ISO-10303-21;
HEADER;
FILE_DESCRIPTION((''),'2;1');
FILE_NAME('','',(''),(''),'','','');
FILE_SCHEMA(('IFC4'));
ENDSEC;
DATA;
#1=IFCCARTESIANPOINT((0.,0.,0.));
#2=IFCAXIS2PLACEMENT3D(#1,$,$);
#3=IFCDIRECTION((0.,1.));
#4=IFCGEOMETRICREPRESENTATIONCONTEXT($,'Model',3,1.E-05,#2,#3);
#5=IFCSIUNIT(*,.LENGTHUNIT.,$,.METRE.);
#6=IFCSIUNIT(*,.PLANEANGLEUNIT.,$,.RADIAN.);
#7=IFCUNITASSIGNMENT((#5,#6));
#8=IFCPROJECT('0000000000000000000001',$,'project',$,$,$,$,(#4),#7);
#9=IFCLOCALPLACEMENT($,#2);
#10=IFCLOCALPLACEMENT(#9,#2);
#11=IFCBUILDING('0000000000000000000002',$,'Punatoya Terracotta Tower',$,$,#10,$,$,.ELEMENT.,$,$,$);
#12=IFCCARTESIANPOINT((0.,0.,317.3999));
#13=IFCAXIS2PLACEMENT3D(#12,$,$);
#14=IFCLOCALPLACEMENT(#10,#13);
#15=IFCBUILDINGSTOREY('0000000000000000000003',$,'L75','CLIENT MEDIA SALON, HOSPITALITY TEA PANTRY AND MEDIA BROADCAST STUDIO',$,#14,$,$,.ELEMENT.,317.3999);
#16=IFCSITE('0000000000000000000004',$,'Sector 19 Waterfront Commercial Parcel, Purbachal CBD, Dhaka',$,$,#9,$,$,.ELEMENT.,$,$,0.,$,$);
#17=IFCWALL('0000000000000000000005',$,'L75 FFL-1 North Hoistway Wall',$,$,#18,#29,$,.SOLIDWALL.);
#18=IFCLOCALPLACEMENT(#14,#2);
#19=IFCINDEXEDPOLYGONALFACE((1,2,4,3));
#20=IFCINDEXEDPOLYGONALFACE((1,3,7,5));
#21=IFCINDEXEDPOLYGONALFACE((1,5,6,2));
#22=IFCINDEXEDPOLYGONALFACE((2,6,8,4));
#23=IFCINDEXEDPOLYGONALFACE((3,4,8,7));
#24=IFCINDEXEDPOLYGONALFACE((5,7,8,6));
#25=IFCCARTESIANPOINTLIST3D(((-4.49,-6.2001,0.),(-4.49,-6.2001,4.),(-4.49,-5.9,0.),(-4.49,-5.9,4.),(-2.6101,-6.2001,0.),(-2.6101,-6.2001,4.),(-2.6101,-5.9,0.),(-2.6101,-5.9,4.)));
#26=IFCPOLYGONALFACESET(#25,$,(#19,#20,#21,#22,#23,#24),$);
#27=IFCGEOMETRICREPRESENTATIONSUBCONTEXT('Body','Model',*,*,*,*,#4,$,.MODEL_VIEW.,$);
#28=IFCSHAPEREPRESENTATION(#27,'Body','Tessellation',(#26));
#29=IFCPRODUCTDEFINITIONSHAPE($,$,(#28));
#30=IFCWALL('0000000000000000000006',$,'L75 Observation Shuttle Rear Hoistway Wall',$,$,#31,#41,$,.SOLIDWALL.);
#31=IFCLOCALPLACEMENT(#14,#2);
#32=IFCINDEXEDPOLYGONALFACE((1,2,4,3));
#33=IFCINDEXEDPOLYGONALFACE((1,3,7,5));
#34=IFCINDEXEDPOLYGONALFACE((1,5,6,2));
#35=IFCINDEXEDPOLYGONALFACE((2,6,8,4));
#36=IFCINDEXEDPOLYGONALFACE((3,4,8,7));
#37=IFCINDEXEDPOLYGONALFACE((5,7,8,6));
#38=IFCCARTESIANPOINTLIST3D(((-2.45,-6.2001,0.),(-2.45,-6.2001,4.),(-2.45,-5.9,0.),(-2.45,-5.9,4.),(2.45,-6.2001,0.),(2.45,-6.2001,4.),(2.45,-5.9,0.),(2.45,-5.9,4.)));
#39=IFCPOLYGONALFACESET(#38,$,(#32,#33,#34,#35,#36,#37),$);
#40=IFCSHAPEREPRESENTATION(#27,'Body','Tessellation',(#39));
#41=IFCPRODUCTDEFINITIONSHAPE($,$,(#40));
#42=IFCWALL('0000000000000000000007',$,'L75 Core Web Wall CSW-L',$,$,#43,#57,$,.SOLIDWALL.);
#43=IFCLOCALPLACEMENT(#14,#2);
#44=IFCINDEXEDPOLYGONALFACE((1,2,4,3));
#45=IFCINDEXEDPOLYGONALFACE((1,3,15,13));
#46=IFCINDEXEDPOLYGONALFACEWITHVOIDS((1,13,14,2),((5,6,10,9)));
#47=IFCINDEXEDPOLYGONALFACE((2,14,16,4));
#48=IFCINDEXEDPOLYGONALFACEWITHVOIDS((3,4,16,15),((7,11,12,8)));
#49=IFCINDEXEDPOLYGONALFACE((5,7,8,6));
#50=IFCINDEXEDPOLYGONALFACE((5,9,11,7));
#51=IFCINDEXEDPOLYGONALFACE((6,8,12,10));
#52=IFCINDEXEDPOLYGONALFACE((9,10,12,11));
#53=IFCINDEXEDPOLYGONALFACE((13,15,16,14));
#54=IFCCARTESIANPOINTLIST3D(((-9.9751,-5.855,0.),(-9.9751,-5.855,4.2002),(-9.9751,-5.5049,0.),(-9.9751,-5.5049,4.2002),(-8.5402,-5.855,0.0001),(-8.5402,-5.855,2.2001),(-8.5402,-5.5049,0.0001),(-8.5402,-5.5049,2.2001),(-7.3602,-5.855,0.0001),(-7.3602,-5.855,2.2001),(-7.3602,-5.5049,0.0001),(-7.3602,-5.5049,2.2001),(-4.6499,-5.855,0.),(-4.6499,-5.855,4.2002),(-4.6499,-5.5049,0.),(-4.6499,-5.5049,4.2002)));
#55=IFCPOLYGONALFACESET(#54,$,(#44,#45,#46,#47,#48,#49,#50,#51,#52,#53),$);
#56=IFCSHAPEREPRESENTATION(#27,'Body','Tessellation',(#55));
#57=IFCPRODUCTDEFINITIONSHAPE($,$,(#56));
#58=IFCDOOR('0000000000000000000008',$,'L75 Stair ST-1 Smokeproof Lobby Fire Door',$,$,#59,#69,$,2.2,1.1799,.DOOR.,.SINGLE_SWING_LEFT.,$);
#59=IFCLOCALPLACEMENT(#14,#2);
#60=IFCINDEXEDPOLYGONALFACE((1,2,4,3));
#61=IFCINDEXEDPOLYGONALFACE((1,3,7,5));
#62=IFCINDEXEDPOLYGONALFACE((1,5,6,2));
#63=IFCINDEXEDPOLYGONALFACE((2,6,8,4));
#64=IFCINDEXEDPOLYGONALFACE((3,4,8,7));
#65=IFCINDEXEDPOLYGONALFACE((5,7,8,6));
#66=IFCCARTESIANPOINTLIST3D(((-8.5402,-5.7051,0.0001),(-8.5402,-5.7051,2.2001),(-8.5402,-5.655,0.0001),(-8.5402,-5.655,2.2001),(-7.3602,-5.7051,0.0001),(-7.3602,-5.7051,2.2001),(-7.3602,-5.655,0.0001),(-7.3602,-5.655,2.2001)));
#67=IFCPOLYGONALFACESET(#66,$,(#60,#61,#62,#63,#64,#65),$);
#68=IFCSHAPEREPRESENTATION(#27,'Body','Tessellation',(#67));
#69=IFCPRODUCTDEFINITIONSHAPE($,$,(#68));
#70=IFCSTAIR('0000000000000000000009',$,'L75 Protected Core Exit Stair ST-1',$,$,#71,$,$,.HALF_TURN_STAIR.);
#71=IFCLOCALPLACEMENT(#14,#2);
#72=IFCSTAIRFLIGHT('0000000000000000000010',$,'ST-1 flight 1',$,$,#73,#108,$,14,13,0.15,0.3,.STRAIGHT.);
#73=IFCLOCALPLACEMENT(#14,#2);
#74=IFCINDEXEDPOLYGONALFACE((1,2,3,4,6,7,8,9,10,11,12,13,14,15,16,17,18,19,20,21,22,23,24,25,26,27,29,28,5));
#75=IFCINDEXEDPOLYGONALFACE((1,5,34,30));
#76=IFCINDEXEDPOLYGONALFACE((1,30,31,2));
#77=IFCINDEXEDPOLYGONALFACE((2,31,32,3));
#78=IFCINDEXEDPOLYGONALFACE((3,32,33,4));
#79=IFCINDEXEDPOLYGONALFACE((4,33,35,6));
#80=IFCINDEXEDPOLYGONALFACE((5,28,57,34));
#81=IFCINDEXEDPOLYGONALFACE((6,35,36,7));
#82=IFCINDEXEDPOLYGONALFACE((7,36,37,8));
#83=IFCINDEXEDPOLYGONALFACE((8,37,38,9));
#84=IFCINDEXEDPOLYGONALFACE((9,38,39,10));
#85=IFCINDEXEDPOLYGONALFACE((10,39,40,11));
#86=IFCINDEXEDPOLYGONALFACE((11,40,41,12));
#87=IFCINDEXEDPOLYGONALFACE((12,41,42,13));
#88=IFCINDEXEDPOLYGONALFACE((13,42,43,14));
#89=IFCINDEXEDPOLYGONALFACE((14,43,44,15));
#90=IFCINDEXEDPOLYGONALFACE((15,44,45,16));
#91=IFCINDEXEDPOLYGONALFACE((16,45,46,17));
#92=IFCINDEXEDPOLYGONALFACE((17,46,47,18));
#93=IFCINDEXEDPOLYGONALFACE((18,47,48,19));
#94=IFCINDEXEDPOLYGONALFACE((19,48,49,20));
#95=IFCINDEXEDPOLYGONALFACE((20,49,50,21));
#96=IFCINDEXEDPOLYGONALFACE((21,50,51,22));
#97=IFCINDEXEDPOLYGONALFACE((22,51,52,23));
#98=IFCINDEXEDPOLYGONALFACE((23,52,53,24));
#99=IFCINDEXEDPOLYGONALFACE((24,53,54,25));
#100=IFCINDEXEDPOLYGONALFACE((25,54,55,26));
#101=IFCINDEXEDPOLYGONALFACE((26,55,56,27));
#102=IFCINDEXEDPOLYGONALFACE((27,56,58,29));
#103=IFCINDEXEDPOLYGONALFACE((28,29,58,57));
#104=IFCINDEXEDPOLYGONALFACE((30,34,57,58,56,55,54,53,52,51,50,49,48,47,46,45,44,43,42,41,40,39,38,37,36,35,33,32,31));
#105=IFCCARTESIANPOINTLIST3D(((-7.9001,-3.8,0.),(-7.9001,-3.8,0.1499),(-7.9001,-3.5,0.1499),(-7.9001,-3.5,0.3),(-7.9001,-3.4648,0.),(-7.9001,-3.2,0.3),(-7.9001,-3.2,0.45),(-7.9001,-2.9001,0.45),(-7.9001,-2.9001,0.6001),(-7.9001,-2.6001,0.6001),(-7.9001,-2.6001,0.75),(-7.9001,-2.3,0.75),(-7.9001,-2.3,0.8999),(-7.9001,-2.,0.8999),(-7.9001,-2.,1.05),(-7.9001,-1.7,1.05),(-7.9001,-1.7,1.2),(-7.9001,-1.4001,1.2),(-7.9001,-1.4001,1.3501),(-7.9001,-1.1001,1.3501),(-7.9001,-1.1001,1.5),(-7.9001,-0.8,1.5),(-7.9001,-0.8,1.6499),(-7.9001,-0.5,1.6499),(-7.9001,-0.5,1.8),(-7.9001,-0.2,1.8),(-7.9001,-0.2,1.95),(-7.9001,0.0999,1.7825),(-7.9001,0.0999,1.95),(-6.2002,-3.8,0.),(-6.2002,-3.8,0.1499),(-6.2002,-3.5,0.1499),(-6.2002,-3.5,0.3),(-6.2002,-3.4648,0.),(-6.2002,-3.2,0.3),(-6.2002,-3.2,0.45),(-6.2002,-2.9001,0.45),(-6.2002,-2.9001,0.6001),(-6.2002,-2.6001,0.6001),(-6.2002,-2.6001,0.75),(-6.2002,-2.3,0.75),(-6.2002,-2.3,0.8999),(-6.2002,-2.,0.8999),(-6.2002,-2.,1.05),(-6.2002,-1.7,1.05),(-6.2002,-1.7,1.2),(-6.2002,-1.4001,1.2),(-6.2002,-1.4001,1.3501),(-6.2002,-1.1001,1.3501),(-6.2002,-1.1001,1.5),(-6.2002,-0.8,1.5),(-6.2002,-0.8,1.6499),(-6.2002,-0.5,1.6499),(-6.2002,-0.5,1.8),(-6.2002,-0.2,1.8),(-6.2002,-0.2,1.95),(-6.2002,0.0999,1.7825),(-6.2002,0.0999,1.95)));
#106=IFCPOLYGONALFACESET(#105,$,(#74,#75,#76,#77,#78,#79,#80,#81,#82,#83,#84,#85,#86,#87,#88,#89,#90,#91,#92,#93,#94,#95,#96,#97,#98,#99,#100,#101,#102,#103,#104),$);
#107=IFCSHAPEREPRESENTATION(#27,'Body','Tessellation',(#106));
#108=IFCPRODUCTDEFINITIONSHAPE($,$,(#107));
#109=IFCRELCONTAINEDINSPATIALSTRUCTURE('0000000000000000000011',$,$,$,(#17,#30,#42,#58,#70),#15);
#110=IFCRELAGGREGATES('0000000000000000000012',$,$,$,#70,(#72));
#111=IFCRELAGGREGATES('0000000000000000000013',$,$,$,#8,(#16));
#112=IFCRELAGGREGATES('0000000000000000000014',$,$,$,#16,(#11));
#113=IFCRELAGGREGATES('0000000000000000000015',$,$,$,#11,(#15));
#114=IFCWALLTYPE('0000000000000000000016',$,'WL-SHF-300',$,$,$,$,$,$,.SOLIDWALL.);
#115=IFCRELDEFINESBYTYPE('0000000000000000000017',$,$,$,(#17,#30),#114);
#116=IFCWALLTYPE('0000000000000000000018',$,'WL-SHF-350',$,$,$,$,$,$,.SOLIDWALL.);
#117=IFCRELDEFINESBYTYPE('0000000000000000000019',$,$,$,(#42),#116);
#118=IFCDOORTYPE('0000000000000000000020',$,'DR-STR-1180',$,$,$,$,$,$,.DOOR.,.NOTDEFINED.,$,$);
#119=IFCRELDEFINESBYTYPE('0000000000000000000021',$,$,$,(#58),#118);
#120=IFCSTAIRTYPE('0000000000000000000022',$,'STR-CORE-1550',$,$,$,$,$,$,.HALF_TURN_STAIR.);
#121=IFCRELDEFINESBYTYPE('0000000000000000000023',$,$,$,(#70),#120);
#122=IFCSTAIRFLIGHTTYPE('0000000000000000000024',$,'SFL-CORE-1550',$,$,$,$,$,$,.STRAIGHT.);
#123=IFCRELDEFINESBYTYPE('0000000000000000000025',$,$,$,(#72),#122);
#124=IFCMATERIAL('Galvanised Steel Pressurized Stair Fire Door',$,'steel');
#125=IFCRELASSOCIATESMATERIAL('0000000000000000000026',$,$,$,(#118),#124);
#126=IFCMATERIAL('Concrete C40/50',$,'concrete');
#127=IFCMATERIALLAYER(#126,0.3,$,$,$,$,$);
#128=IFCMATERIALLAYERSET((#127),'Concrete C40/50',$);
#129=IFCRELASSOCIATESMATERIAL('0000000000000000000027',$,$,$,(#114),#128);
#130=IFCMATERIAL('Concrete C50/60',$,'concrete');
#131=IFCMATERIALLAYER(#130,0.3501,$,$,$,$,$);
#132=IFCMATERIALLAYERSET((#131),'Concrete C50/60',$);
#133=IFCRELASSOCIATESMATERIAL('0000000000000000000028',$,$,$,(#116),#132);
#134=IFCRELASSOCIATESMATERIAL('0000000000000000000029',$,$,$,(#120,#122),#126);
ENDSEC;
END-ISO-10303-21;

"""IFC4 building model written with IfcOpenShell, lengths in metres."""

from ifc_helpers import new_model, si_unit, direction, frame, frame_2d, origin, place, context, subcontext, project, spatial, polyline, rectangle, outline, extrude, material, layer, layer_set, type_object, element, fill, aggregate, save


model = new_model("IFC4")

# Units and contexts
model_context = context("Model", 3, precision=1e-05, world=origin(), true_north=direction((0.0, 1.0)))
body_context = subcontext(model_context, "Body", "Model", "MODEL_VIEW")
ifc_project = project(units=[si_unit("LENGTHUNIT", "METRE"), si_unit("PLANEANGLEUNIT", "RADIAN")], contexts=[model_context])

# Site, building, storey
site_placement = place(None, origin())
site = spatial("IfcSite", under=ifc_project, at=site_placement, Name="Sector 19 Waterfront Commercial Parcel, Purbachal CBD, Dhaka", CompositionType="ELEMENT", RefElevation=0.0)
building_placement = place(site_placement, origin())
building = spatial("IfcBuilding", under=site, at=building_placement, Name="Punatoya Terracotta Tower", CompositionType="ELEMENT")
storey_placement = place(building_placement, frame((0.0, 0.0, 317.3999)))
storey = spatial("IfcBuildingStorey", under=building, at=storey_placement, Name="L75", Description="CLIENT MEDIA SALON, HOSPITALITY TEA PANTRY AND MEDIA BROADCAST STUDIO", CompositionType="ELEMENT", Elevation=317.3999)

# Shared definitions
ifc_material_1 = material(Name="Concrete C50/60", Category="concrete")

# Shared definitions
ifc_material_2 = material(Name="Concrete C40/50", Category="concrete")

# Shared definitions
ifc_material_3 = material(Name="Galvanised Steel Pressurized Stair Fire Door", Category="steel")
door_type_1 = type_object("IfcDoorType", Name="DR-STR-1180", OperationType="NOTDEFINED", PredefinedType="DOOR", material=ifc_material_3)

# Shared definitions
ifc_layer_1 = layer(ifc_material_2, 0.3)
ifc_layer_set_1 = layer_set([ifc_layer_1], Name="Concrete C40/50")
wall_type_1 = type_object("IfcWallType", Name="WL-SHF-300", PredefinedType="SOLIDWALL", material=ifc_layer_set_1)

# Walls
wall_1_placement = place(storey_placement, frame((-4.49, -6.05, 0.0), z_axis=(0.0, 0.0, 1.0), x_axis=(1.0, 0.0, 0.0)))
element("IfcWall", 1, at=wall_1_placement, inside=storey, type_object=wall_type_1, Name="L75 FFL-1 North Hoistway Wall", PredefinedType="SOLIDWALL", context=body_context, shape_type="SweptSolid", body=[
    extrude(rectangle(XDim=1.8799, YDim=0.3, at=frame_2d((0.9399, 0.0))), origin(), (0.0, 0.0, 1.0), 4.0),
])
wall_2_placement = place(storey_placement, frame((-2.45, -6.05, 0.0), z_axis=(0.0, 0.0, 1.0), x_axis=(1.0, 0.0, 0.0)))
element("IfcWall", 2, at=wall_2_placement, inside=storey, type_object=wall_type_1, Name="L75 Observation Shuttle Rear Hoistway Wall", PredefinedType="SOLIDWALL", context=body_context, shape_type="SweptSolid", body=[
    extrude(rectangle(XDim=4.8999, YDim=0.3, at=frame_2d((2.45, 0.0))), origin(), (0.0, 0.0, 1.0), 4.0),
])

# Wall, opening, door
ifc_layer_2 = layer(ifc_material_1, 0.3501)
ifc_layer_set_2 = layer_set([ifc_layer_2], Name="Concrete C50/60")
wall_type_2 = type_object("IfcWallType", Name="WL-SHF-350", PredefinedType="SOLIDWALL", material=ifc_layer_set_2)
wall_3_placement = place(storey_placement, frame((-9.9751, -5.6799, 0.0), z_axis=(0.0, 0.0, 1.0), x_axis=(1.0, 0.0, 0.0)))
wall_3 = element("IfcWall", 3, at=wall_3_placement, inside=storey, type_object=wall_type_2, Name="L75 Core Web Wall CSW-L", PredefinedType="SOLIDWALL", context=body_context, shape_type="SweptSolid", body=[
    extrude(rectangle(XDim=5.3252, YDim=0.3501, at=frame_2d((2.6626, 0.0))), origin(), (0.0, 0.0, 1.0), 4.2002),
])
opening_1_placement = place(wall_3_placement, frame((1.4351, 0.0, 0.0)))
opening_1 = element("IfcOpeningElement", 4, at=opening_1_placement, cuts=wall_3, PredefinedType="OPENING", context=body_context, shape_type="SweptSolid", body=[
    extrude(rectangle(XDim=1.1799, YDim=2.2, at=frame_2d((0.5898, 1.1001))), frame((0.0, 0.1851, 0.0), z_axis=(0.0, -1.0, 0.0), x_axis=(1.0, 0.0, 0.0)), (0.0, 0.0, 1.0), 0.3701),
])
door_1_placement = place(opening_1_placement, origin())
door_1 = element("IfcDoor", 5, at=door_1_placement, inside=storey, type_object=door_type_1, Name="L75 Stair ST-1 Smokeproof Lobby Fire Door", OperationType="SINGLE_SWING_LEFT", OverallHeight=2.2, OverallWidth=1.1799, PredefinedType="DOOR", context=body_context, shape_type="SweptSolid", body=[
    extrude(rectangle(XDim=1.1799, YDim=2.2, at=frame_2d((0.5898, 1.1001))), frame((0.0, 0.0249, 0.0), z_axis=(0.0, -1.0, 0.0), x_axis=(1.0, 0.0, 0.0)), (0.0, 0.0, 1.0), 0.05),
])
fill(opening_1, door_1)

# Stair, stair flight
stair_type = type_object("IfcStairType", Name="STR-CORE-1550", PredefinedType="HALF_TURN_STAIR", material=ifc_material_2)
stair_placement = place(storey_placement, origin())
stair = element("IfcStair", 6, at=stair_placement, inside=storey, type_object=stair_type, Name="L75 Protected Core Exit Stair ST-1", PredefinedType="HALF_TURN_STAIR")
stair_flight_type = type_object("IfcStairFlightType", Name="SFL-CORE-1550", PredefinedType="STRAIGHT", material=ifc_material_2)
stair_flight_placement = place(storey_placement, frame((-7.05, -3.8, 0.0), z_axis=(0.0, 0.0, 1.0), x_axis=(0.0, 1.0, 0.0)))
stair_flight = element("IfcStairFlight", 7, at=stair_flight_placement, type_object=stair_flight_type, Name="ST-1 flight 1", NumberOfRisers=14, NumberOfTreads=13, PredefinedType="STRAIGHT", RiserHeight=0.15, TreadLength=0.3, context=body_context, shape_type="SweptSolid", body=[
    extrude(outline(polyline([(0.0, 0.0), (0.0, 0.1499), (0.3, 0.1499), (0.3, 0.3), (0.6001, 0.3), (0.6001, 0.45), (0.8999, 0.45), (0.8999, 0.6001), (1.2, 0.6001), (1.2, 0.75), (1.5, 0.75), (1.5, 0.8999), (1.8, 0.8999), (1.8, 1.05), (2.1001, 1.05), (2.1001, 1.2), (2.3999, 1.2), (2.3999, 1.3501), (2.7, 1.3501), (2.7, 1.5), (3.0, 1.5), (3.0, 1.6499), (3.3, 1.6499), (3.3, 1.8), (3.6001, 1.8), (3.6001, 1.95), (3.8999, 1.95), (3.8999, 2.1001), (3.8999, 1.7825), (0.3352, 0.0), (0.0, 0.0)])), frame((0.0, 0.8501, 0.0), z_axis=(0.0, -1.0, 0.0), x_axis=(1.0, 0.0, 0.0)), (0.0, 0.0, 1.0), 1.7),
])
aggregate(stair, [stair_flight])

save(model, "model.ifc")
